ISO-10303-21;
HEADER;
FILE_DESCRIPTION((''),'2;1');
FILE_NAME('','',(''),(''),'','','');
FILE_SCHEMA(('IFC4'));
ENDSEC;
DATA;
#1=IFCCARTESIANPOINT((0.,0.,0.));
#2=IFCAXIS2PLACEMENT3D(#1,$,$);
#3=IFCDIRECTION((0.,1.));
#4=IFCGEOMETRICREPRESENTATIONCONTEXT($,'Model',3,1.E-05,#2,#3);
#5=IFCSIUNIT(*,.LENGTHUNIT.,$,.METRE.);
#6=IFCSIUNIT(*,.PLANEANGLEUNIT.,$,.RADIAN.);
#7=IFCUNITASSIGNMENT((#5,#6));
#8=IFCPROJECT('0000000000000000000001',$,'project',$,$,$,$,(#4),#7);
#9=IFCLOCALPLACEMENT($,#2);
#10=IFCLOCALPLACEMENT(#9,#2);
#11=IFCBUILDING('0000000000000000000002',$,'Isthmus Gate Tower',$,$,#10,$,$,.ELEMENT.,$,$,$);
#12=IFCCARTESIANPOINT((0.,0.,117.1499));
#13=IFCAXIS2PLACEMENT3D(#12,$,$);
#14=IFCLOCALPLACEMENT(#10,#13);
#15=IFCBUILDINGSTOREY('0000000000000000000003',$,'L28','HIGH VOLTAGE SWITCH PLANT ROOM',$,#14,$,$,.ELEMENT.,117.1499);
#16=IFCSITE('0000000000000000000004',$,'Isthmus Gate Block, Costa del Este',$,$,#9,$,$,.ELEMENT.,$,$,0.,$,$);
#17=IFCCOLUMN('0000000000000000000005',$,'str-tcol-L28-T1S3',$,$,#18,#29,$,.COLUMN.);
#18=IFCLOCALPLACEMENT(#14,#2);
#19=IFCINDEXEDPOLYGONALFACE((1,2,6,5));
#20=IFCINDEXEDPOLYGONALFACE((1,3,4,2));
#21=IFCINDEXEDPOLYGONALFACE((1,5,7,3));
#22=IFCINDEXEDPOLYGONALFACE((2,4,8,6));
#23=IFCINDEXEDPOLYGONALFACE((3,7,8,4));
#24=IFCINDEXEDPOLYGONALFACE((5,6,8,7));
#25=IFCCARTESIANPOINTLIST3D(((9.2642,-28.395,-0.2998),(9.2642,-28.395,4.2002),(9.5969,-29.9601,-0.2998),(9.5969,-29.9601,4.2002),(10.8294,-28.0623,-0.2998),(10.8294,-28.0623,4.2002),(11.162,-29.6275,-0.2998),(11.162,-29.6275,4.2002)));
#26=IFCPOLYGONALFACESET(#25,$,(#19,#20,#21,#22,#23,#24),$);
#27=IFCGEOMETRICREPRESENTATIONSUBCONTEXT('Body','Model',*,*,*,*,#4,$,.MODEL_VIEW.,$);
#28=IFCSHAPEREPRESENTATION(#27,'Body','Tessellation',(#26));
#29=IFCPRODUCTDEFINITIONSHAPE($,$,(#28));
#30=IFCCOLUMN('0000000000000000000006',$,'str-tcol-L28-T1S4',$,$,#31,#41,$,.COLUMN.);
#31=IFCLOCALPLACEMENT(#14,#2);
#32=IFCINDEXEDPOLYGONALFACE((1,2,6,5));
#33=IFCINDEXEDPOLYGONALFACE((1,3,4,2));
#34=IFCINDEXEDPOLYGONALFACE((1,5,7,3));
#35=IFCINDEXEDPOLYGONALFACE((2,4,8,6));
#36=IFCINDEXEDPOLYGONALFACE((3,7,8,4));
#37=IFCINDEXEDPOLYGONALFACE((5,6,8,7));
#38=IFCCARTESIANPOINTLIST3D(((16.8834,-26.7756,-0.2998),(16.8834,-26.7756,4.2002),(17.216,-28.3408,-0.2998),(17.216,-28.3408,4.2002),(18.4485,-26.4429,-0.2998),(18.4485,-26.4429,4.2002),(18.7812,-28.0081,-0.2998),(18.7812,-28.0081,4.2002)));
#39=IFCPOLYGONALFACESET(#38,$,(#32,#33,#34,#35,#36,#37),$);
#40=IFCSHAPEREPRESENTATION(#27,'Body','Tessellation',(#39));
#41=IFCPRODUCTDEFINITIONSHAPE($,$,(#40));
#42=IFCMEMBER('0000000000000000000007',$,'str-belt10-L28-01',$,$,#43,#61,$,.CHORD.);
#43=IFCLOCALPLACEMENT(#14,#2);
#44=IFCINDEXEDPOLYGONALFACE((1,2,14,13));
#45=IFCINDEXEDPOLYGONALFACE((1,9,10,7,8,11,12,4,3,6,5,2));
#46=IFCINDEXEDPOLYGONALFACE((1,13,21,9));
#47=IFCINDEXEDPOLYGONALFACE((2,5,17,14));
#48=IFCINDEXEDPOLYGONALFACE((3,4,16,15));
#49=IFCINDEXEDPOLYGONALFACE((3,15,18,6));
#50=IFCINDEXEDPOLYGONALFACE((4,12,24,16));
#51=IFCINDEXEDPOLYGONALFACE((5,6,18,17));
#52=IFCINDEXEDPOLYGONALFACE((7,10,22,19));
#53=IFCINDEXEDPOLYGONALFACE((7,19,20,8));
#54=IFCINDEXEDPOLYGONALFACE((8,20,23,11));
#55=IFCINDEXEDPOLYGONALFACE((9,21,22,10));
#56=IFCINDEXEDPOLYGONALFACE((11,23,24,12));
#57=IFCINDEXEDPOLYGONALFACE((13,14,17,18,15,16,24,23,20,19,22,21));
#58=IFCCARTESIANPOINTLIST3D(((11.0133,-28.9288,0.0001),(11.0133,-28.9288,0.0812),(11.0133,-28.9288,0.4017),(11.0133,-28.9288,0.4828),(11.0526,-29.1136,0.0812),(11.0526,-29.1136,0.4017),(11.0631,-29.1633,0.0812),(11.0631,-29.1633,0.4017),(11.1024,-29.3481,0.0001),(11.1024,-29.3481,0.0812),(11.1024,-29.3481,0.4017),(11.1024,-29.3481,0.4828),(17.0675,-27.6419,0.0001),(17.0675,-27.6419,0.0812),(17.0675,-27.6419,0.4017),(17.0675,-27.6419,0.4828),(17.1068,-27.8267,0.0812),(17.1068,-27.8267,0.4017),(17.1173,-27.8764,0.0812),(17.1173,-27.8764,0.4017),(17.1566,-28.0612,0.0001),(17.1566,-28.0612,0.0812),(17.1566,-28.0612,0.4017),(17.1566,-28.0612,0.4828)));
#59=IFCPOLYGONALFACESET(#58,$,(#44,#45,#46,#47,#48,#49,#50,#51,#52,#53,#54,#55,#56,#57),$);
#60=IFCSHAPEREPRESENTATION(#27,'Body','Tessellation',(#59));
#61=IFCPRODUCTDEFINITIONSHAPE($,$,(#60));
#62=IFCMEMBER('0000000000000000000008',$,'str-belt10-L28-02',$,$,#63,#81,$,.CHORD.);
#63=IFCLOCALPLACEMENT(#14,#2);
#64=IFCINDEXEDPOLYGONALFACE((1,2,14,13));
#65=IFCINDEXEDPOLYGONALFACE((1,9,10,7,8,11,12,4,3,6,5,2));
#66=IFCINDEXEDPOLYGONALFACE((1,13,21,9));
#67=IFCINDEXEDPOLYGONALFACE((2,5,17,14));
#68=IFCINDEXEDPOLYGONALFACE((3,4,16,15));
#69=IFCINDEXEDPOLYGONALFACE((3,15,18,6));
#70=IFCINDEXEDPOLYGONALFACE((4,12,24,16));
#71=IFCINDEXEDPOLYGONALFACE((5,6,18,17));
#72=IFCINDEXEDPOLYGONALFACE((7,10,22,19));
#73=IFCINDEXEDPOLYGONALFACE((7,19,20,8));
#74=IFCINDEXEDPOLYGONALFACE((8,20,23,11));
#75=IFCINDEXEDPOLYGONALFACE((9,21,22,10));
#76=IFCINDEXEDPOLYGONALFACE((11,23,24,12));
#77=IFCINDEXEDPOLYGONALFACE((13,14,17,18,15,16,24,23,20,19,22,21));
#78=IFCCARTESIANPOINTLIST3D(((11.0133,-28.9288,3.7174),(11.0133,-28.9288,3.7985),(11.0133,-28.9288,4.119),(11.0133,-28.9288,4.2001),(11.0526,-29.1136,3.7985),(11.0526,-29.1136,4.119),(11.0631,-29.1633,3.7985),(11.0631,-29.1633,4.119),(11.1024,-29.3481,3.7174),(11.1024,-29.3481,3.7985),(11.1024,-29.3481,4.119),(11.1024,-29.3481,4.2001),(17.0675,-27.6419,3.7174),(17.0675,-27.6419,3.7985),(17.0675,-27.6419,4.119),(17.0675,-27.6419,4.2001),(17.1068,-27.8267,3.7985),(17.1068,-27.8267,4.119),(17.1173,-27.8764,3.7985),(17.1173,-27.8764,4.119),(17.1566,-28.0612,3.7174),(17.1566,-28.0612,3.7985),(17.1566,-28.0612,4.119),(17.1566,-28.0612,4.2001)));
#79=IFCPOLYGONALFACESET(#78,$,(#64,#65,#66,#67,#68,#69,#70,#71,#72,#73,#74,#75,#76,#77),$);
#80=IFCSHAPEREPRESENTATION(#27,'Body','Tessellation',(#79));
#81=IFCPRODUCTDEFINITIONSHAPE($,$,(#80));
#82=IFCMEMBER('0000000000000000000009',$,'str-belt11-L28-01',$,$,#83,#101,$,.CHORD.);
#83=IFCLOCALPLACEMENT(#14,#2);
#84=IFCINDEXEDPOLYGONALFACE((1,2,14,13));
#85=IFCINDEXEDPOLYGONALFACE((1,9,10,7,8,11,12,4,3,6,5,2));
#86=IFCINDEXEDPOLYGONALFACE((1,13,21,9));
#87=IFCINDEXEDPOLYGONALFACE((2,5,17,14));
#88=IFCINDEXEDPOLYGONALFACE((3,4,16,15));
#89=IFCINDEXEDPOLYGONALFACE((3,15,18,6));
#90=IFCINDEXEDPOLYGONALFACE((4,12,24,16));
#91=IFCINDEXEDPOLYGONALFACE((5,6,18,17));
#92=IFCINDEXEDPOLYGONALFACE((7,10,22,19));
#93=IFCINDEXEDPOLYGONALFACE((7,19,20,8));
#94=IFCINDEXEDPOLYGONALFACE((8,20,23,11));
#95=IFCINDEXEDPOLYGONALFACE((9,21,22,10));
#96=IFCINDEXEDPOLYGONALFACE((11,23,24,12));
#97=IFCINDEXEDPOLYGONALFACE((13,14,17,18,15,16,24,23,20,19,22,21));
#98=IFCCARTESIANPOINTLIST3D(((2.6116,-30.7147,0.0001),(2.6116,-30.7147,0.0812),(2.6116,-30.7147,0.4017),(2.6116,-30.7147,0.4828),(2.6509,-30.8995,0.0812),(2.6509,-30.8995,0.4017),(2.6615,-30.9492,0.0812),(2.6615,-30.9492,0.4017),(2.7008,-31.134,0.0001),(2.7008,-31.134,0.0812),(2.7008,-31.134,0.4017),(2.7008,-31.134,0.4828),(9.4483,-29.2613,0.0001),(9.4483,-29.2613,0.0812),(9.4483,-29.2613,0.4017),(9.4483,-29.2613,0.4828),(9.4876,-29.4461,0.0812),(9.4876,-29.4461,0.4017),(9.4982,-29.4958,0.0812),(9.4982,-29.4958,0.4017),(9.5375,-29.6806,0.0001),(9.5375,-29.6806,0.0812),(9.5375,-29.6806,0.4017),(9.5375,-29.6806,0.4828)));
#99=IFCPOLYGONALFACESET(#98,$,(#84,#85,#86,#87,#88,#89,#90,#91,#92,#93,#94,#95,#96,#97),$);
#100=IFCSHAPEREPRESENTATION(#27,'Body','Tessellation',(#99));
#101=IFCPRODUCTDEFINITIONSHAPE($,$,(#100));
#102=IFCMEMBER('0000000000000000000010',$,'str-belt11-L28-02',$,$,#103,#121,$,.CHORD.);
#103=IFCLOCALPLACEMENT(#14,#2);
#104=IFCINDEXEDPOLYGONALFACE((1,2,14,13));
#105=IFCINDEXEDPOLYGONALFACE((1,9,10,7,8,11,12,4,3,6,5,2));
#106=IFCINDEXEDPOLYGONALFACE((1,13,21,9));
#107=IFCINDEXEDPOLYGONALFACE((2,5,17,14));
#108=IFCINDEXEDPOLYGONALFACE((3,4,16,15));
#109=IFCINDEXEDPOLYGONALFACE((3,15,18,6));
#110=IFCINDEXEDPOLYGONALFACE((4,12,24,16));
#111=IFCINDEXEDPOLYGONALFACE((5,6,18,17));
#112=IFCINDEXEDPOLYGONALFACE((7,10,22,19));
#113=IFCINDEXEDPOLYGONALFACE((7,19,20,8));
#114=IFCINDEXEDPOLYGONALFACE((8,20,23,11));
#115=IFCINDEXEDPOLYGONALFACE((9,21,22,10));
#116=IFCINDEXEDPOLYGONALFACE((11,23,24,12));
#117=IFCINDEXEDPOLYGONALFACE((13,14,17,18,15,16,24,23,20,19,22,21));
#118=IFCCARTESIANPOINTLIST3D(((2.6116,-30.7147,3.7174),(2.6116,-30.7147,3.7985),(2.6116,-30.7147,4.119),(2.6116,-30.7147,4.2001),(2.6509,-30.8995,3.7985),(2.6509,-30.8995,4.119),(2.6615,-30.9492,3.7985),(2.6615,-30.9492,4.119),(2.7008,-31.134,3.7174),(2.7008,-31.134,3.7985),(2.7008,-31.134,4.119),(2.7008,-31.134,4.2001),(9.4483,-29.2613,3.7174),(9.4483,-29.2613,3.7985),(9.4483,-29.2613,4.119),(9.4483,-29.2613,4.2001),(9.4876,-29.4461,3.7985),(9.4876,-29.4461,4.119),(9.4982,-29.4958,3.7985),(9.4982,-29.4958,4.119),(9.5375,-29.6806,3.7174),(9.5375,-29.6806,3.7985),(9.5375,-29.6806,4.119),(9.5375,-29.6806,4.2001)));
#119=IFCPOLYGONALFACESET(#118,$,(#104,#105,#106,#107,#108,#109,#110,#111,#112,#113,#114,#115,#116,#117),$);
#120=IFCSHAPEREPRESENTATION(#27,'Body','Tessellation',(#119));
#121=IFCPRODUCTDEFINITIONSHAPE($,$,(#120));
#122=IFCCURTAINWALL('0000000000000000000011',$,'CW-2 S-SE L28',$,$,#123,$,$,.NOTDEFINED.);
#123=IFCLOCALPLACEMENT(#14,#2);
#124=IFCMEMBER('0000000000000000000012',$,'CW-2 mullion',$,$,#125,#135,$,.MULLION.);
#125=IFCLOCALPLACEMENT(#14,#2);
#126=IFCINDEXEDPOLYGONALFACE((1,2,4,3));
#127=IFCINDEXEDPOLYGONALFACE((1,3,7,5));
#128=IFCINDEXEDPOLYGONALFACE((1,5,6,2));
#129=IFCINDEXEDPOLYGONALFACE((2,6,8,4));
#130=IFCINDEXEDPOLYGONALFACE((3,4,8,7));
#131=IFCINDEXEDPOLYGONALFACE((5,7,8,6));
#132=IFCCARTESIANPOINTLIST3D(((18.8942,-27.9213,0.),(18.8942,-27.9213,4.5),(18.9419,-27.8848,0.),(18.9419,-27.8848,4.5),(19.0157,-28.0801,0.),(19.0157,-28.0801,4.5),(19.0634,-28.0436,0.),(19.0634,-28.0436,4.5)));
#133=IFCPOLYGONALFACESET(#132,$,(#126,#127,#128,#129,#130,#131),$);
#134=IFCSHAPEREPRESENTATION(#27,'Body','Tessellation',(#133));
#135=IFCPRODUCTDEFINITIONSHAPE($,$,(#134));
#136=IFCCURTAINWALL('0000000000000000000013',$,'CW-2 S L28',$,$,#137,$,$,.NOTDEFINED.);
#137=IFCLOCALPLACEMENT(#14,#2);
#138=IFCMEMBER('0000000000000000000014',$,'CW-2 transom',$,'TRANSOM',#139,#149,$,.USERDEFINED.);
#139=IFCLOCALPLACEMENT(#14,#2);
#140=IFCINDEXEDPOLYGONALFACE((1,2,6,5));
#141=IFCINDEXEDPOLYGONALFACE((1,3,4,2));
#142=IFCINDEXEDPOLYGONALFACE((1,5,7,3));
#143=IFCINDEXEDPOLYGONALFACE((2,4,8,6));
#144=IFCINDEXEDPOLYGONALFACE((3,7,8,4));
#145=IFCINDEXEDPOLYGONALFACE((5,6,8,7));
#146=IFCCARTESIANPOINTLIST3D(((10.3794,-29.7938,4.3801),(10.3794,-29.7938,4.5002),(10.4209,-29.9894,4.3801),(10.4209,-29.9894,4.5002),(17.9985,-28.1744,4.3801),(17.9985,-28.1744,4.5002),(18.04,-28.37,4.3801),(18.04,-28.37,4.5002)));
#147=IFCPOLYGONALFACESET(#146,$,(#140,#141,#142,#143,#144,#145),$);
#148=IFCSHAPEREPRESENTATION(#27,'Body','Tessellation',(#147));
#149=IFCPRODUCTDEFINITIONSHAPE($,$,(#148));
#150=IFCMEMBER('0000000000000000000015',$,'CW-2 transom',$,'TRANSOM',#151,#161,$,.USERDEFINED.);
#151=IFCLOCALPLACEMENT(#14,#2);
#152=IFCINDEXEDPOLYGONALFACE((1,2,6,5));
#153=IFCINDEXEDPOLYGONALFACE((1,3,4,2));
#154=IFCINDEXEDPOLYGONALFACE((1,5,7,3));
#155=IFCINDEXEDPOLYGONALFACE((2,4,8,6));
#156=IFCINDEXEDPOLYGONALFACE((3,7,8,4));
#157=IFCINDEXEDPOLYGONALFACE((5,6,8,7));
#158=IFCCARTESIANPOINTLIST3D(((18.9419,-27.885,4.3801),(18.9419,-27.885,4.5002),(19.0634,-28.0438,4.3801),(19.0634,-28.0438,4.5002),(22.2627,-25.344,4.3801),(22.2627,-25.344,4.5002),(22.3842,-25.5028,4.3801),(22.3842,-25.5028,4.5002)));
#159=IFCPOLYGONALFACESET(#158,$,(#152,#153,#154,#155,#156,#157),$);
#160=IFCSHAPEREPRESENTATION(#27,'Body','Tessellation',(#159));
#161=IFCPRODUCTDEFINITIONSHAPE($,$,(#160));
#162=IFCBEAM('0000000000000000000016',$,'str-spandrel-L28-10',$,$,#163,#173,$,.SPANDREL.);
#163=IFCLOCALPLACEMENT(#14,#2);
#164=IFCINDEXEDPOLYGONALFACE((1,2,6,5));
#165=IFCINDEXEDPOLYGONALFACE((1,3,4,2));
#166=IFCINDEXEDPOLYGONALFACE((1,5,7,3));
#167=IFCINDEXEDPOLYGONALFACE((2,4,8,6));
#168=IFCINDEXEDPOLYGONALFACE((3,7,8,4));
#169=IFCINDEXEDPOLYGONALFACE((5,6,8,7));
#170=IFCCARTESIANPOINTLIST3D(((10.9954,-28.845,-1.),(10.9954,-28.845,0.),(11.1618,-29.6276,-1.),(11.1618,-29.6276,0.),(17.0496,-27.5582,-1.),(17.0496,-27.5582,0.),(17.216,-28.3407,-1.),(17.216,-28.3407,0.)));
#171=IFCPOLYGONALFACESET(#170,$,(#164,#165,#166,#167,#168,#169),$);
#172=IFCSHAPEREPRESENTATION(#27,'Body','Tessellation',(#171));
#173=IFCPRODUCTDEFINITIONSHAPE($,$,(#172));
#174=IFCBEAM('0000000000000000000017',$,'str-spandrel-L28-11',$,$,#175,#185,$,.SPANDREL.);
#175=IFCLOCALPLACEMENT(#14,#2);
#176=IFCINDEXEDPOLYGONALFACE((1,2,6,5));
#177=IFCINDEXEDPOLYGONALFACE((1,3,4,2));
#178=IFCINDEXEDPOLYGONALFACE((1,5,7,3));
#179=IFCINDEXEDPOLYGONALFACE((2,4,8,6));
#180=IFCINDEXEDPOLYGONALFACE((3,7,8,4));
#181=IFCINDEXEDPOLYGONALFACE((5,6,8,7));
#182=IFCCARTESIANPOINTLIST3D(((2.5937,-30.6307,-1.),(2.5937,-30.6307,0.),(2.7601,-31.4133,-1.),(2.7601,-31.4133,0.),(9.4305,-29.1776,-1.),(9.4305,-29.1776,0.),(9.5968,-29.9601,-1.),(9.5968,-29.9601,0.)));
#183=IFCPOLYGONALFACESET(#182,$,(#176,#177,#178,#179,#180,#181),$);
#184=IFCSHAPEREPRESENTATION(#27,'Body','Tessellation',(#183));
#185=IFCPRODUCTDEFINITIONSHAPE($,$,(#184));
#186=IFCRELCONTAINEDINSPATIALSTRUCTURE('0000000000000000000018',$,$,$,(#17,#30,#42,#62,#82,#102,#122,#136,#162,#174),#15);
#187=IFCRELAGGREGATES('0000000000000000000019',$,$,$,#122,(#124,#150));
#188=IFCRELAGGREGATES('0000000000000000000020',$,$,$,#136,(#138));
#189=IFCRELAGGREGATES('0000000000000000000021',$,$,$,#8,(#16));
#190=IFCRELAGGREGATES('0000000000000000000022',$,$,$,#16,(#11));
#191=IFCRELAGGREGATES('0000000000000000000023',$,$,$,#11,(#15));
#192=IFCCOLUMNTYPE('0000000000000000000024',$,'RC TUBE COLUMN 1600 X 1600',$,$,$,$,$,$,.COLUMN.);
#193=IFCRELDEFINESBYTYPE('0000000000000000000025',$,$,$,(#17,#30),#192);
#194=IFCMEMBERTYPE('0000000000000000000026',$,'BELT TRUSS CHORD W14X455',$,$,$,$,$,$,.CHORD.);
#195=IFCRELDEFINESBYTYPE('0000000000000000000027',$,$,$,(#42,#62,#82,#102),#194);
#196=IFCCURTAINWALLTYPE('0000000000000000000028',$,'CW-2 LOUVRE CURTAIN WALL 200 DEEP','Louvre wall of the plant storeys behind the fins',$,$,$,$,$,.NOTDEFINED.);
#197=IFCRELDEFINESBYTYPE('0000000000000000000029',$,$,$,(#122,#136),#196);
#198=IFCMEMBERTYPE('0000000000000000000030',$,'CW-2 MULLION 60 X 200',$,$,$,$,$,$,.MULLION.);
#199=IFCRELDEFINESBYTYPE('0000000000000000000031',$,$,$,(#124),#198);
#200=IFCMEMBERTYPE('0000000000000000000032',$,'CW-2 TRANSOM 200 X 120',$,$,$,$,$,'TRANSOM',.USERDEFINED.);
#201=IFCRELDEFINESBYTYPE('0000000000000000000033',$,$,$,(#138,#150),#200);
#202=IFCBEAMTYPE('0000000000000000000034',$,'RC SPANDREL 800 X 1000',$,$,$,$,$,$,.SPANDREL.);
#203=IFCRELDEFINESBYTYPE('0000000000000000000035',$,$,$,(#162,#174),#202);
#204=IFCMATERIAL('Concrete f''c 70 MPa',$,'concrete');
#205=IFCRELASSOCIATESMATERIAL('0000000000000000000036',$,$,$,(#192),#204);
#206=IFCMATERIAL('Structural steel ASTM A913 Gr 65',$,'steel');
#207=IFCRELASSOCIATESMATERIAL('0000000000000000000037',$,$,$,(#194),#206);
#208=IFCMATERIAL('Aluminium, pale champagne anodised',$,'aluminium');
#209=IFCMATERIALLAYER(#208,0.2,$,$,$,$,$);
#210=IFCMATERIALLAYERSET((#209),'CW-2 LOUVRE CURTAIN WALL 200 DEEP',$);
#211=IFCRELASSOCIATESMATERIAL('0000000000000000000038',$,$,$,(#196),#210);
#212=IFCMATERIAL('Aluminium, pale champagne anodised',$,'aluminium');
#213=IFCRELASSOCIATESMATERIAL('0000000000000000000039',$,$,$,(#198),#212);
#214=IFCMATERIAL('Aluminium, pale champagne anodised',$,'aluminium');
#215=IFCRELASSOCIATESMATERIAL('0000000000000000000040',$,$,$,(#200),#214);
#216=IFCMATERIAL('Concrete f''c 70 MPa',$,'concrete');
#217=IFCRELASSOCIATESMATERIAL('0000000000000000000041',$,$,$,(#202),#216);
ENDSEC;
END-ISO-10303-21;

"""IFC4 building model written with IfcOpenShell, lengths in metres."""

from ifc_helpers import new_model, si_unit, direction, frame, origin, origin_2d, place, context, subcontext, project, spatial, rectangle, i_section, extrude, material, layer, layer_set, material_profile, profile_set, type_object, element, aggregate, save


model = new_model("IFC4")

# Units and contexts
model_context = context("Model", 3, precision=1e-05, world=origin(), true_north=direction((0.0, 1.0)))
body_context = subcontext(model_context, "Body", "Model", "MODEL_VIEW")
ifc_project = project(units=[si_unit("LENGTHUNIT", "METRE"), si_unit("PLANEANGLEUNIT", "RADIAN")], contexts=[model_context])

# Site, building, storey
site_placement = place(None, origin())
site = spatial("IfcSite", under=ifc_project, at=site_placement, Name="Isthmus Gate Block, Costa del Este", CompositionType="ELEMENT", RefElevation=0.0)
building_placement = place(site_placement, origin())
building = spatial("IfcBuilding", under=site, at=building_placement, Name="Isthmus Gate Tower", CompositionType="ELEMENT")
storey_placement = place(building_placement, frame((0.0, 0.0, 117.1499)))
storey = spatial("IfcBuildingStorey", under=building, at=storey_placement, Name="L28", Description="HIGH VOLTAGE SWITCH PLANT ROOM", CompositionType="ELEMENT", Elevation=117.1499)

# Columns
ifc_material_1 = material(Name="Concrete f'c 70 MPa", Category="concrete")
ifc_material_profile_1 = material_profile(ifc_material_1, rectangle(XDim=1.6001, YDim=1.6001, at=origin_2d()), Name="RC 1600X1600")
ifc_profile_set_1 = profile_set([ifc_material_profile_1], Name="Concrete f'c 70 MPa")
column_type = type_object("IfcColumnType", Name="RC TUBE COLUMN 1600 X 1600", PredefinedType="COLUMN", material=ifc_profile_set_1)
for number, where, z_axis, x_axis, name in (
    (1, (10.2131, -29.0112, -0.2998), (0.0, 0.0, 1.0), (0.978148, 0.207912, 0.0), "str-tcol-L28-T1S3"),
    (2, (17.8323, -27.3918, -0.2998), (0.0, 0.0, 1.0), (0.978148, 0.207912, 0.0), "str-tcol-L28-T1S4"),
):
    element("IfcColumn", number, at=place(storey_placement, frame(where, z_axis=z_axis, x_axis=x_axis)), inside=storey, type_object=column_type, Name=name, PredefinedType="COLUMN", context=body_context, shape_type="SweptSolid", body=[
        extrude(rectangle(XDim=1.6001, YDim=1.6001, at=origin_2d()), origin(), (0.0, 0.0, 1.0), 4.5),
    ])

# Members
ifc_material_2 = material(Name="Structural steel ASTM A913 Gr 65", Category="steel")
ifc_material_profile_2 = material_profile(ifc_material_2, i_section(OverallWidth=0.4287, OverallDepth=0.4827, WebThickness=0.0508, FlangeThickness=0.0811, at=origin_2d()), Name="W14X455")
ifc_profile_set_2 = profile_set([ifc_material_profile_2], Name="Structural steel ASTM A913 Gr 65")
member_type_1 = type_object("IfcMemberType", Name="BELT TRUSS CHORD W14X455", PredefinedType="CHORD", material=ifc_profile_set_2)
for number, where, z_axis, x_axis, name in (
    (3, (17.1121, -27.8516, 0.2415), (-0.978147, -0.207913, 0.0), (0.207913, -0.978147, 0.0), "str-belt10-L28-01"),
    (4, (17.1121, -27.8516, 3.9587), (-0.978147, -0.207913, 0.0), (0.207913, -0.978147, 0.0), "str-belt10-L28-02"),
):
    element("IfcMember", number, at=place(storey_placement, frame(where, z_axis=z_axis, x_axis=x_axis)), inside=storey, type_object=member_type_1, Name=name, PredefinedType="CHORD", context=body_context, shape_type="SweptSolid", body=[
        extrude(i_section(OverallWidth=0.4287, OverallDepth=0.4827, WebThickness=0.0508, FlangeThickness=0.0811, at=origin_2d()), origin(), (0.0, 0.0, 1.0), 6.1895),
    ])
for number, where, z_axis, x_axis, name in (
    (5, (9.4929, -29.4709, 0.2415), (-0.978142, -0.207938, 0.0), (0.207938, -0.978142, 0.0), "str-belt11-L28-01"),
    (6, (9.4929, -29.4709, 3.9587), (-0.978142, -0.207938, 0.0), (0.207938, -0.978142, 0.0), "str-belt11-L28-02"),
):
    element("IfcMember", number, at=place(storey_placement, frame(where, z_axis=z_axis, x_axis=x_axis)), inside=storey, type_object=member_type_1, Name=name, PredefinedType="CHORD", context=body_context, shape_type="SweptSolid", body=[
        extrude(i_section(OverallWidth=0.4287, OverallDepth=0.4827, WebThickness=0.0508, FlangeThickness=0.0811, at=origin_2d()), origin(), (0.0, 0.0, 1.0), 6.9895),
    ])

# Curtain walls, members
ifc_material_3 = material(Name="Aluminium, pale champagne anodised", Category="aluminium")
ifc_layer_1 = layer(ifc_material_3, 0.2)
ifc_layer_set_1 = layer_set([ifc_layer_1], Name="CW-2 LOUVRE CURTAIN WALL 200 DEEP")
curtain_wall_type = type_object("IfcCurtainWallType", Name="CW-2 LOUVRE CURTAIN WALL 200 DEEP", Description="Louvre wall of the plant storeys behind the fins", PredefinedType="NOTDEFINED", material=ifc_layer_set_1)
curtain_wall_1_placement = place(storey_placement, origin())
curtain_wall_1 = element("IfcCurtainWall", 7, at=curtain_wall_1_placement, inside=storey, type_object=curtain_wall_type, Name="CW-2 S-SE L28", PredefinedType="NOTDEFINED")
ifc_material_4 = material(Name="Aluminium, pale champagne anodised", Category="aluminium")
ifc_material_profile_3 = material_profile(ifc_material_4, rectangle(XDim=0.0601, YDim=0.2, at=origin_2d()), Name="60x200")
ifc_profile_set_3 = profile_set([ifc_material_profile_3], Name="Aluminium, pale champagne anodised")
member_type_2 = type_object("IfcMemberType", Name="CW-2 MULLION 60 X 200", PredefinedType="MULLION", material=ifc_profile_set_3)
member_1_placement = place(storey_placement, frame((18.9788, -27.9824, 0.0), z_axis=(0.0, 0.0, 1.0), x_axis=(0.794189, 0.607671, 0.0)))
member_1 = element("IfcMember", 8, at=member_1_placement, type_object=member_type_2, Name="CW-2 mullion", PredefinedType="MULLION", context=body_context, shape_type="SweptSolid", body=[
    extrude(rectangle(XDim=0.0601, YDim=0.2, at=origin_2d()), origin(), (0.0, 0.0, 1.0), 4.5),
])
curtain_wall_2_placement = place(storey_placement, origin())
curtain_wall_2 = element("IfcCurtainWall", 9, at=curtain_wall_2_placement, inside=storey, type_object=curtain_wall_type, Name="CW-2 S L28", PredefinedType="NOTDEFINED")
ifc_material_5 = material(Name="Aluminium, pale champagne anodised", Category="aluminium")
ifc_material_profile_4 = material_profile(ifc_material_5, rectangle(XDim=0.2, YDim=0.1201, at=origin_2d()), Name="200x120")
ifc_profile_set_4 = profile_set([ifc_material_profile_4], Name="Aluminium, pale champagne anodised")
member_type_3 = type_object("IfcMemberType", Name="CW-2 TRANSOM 200 X 120", ElementType="TRANSOM", PredefinedType="USERDEFINED", material=ifc_profile_set_4)
member_2_placement = place(storey_placement, frame((10.4001, -29.8916, 4.4402), z_axis=(0.978151, 0.207898, 0.0), x_axis=(-0.207898, 0.978151, 0.0)))
member_2 = element("IfcMember", 10, at=member_2_placement, type_object=member_type_3, Name="CW-2 transom", ObjectType="TRANSOM", PredefinedType="USERDEFINED", context=body_context, shape_type="SweptSolid", body=[
    extrude(rectangle(XDim=0.2, YDim=0.1201, at=origin_2d()), origin(), (0.0, 0.0, 1.0), 7.7893),
])

# Member
member_3_placement = place(storey_placement, frame((19.0027, -27.9644, 4.4402), z_axis=(0.794175, 0.607688, 0.0), x_axis=(-0.607688, 0.794175, 0.0)))
member_3 = element("IfcMember", 11, at=member_3_placement, type_object=member_type_3, Name="CW-2 transom", ObjectType="TRANSOM", PredefinedType="USERDEFINED", context=body_context, shape_type="SweptSolid", body=[
    extrude(rectangle(XDim=0.2, YDim=0.1201, at=origin_2d()), origin(), (0.0, 0.0, 1.0), 4.1814),
])
aggregate(curtain_wall_1, [member_1, member_3])

# Beams
ifc_material_6 = material(Name="Concrete f'c 70 MPa", Category="concrete")
ifc_material_profile_5 = material_profile(ifc_material_6, rectangle(XDim=0.8, YDim=1.0, at=origin_2d()), Name="RC 800X1000")
ifc_profile_set_5 = profile_set([ifc_material_profile_5], Name="Concrete f'c 70 MPa")
beam_type_1 = type_object("IfcBeamType", Name="RC SPANDREL 800 X 1000", PredefinedType="SPANDREL", material=ifc_profile_set_5)
beam_1_placement = place(storey_placement, frame((17.1328, -27.9495, -0.5), z_axis=(-0.978147, -0.207913, 0.0), x_axis=(0.207913, -0.978147, 0.0)))
element("IfcBeam", 12, at=beam_1_placement, inside=storey, type_object=beam_type_1, Name="str-spandrel-L28-10", PredefinedType="SPANDREL", context=body_context, shape_type="SweptSolid", body=[
    extrude(rectangle(XDim=0.8, YDim=1.0, at=origin_2d()), origin(), (0.0, 0.0, 1.0), 6.1895),
])
beam_2_placement = place(storey_placement, frame((9.5137, -29.5688, -0.5), z_axis=(-0.978149, -0.207904, 0.0), x_axis=(0.207904, -0.978149, 0.0)))
element("IfcBeam", 13, at=beam_2_placement, inside=storey, type_object=beam_type_1, Name="str-spandrel-L28-11", PredefinedType="SPANDREL", context=body_context, shape_type="SweptSolid", body=[
    extrude(rectangle(XDim=0.8, YDim=1.0, at=origin_2d()), origin(), (0.0, 0.0, 1.0), 6.9895),
])

aggregate(curtain_wall_2, [member_2])

save(model, "model.ifc")
